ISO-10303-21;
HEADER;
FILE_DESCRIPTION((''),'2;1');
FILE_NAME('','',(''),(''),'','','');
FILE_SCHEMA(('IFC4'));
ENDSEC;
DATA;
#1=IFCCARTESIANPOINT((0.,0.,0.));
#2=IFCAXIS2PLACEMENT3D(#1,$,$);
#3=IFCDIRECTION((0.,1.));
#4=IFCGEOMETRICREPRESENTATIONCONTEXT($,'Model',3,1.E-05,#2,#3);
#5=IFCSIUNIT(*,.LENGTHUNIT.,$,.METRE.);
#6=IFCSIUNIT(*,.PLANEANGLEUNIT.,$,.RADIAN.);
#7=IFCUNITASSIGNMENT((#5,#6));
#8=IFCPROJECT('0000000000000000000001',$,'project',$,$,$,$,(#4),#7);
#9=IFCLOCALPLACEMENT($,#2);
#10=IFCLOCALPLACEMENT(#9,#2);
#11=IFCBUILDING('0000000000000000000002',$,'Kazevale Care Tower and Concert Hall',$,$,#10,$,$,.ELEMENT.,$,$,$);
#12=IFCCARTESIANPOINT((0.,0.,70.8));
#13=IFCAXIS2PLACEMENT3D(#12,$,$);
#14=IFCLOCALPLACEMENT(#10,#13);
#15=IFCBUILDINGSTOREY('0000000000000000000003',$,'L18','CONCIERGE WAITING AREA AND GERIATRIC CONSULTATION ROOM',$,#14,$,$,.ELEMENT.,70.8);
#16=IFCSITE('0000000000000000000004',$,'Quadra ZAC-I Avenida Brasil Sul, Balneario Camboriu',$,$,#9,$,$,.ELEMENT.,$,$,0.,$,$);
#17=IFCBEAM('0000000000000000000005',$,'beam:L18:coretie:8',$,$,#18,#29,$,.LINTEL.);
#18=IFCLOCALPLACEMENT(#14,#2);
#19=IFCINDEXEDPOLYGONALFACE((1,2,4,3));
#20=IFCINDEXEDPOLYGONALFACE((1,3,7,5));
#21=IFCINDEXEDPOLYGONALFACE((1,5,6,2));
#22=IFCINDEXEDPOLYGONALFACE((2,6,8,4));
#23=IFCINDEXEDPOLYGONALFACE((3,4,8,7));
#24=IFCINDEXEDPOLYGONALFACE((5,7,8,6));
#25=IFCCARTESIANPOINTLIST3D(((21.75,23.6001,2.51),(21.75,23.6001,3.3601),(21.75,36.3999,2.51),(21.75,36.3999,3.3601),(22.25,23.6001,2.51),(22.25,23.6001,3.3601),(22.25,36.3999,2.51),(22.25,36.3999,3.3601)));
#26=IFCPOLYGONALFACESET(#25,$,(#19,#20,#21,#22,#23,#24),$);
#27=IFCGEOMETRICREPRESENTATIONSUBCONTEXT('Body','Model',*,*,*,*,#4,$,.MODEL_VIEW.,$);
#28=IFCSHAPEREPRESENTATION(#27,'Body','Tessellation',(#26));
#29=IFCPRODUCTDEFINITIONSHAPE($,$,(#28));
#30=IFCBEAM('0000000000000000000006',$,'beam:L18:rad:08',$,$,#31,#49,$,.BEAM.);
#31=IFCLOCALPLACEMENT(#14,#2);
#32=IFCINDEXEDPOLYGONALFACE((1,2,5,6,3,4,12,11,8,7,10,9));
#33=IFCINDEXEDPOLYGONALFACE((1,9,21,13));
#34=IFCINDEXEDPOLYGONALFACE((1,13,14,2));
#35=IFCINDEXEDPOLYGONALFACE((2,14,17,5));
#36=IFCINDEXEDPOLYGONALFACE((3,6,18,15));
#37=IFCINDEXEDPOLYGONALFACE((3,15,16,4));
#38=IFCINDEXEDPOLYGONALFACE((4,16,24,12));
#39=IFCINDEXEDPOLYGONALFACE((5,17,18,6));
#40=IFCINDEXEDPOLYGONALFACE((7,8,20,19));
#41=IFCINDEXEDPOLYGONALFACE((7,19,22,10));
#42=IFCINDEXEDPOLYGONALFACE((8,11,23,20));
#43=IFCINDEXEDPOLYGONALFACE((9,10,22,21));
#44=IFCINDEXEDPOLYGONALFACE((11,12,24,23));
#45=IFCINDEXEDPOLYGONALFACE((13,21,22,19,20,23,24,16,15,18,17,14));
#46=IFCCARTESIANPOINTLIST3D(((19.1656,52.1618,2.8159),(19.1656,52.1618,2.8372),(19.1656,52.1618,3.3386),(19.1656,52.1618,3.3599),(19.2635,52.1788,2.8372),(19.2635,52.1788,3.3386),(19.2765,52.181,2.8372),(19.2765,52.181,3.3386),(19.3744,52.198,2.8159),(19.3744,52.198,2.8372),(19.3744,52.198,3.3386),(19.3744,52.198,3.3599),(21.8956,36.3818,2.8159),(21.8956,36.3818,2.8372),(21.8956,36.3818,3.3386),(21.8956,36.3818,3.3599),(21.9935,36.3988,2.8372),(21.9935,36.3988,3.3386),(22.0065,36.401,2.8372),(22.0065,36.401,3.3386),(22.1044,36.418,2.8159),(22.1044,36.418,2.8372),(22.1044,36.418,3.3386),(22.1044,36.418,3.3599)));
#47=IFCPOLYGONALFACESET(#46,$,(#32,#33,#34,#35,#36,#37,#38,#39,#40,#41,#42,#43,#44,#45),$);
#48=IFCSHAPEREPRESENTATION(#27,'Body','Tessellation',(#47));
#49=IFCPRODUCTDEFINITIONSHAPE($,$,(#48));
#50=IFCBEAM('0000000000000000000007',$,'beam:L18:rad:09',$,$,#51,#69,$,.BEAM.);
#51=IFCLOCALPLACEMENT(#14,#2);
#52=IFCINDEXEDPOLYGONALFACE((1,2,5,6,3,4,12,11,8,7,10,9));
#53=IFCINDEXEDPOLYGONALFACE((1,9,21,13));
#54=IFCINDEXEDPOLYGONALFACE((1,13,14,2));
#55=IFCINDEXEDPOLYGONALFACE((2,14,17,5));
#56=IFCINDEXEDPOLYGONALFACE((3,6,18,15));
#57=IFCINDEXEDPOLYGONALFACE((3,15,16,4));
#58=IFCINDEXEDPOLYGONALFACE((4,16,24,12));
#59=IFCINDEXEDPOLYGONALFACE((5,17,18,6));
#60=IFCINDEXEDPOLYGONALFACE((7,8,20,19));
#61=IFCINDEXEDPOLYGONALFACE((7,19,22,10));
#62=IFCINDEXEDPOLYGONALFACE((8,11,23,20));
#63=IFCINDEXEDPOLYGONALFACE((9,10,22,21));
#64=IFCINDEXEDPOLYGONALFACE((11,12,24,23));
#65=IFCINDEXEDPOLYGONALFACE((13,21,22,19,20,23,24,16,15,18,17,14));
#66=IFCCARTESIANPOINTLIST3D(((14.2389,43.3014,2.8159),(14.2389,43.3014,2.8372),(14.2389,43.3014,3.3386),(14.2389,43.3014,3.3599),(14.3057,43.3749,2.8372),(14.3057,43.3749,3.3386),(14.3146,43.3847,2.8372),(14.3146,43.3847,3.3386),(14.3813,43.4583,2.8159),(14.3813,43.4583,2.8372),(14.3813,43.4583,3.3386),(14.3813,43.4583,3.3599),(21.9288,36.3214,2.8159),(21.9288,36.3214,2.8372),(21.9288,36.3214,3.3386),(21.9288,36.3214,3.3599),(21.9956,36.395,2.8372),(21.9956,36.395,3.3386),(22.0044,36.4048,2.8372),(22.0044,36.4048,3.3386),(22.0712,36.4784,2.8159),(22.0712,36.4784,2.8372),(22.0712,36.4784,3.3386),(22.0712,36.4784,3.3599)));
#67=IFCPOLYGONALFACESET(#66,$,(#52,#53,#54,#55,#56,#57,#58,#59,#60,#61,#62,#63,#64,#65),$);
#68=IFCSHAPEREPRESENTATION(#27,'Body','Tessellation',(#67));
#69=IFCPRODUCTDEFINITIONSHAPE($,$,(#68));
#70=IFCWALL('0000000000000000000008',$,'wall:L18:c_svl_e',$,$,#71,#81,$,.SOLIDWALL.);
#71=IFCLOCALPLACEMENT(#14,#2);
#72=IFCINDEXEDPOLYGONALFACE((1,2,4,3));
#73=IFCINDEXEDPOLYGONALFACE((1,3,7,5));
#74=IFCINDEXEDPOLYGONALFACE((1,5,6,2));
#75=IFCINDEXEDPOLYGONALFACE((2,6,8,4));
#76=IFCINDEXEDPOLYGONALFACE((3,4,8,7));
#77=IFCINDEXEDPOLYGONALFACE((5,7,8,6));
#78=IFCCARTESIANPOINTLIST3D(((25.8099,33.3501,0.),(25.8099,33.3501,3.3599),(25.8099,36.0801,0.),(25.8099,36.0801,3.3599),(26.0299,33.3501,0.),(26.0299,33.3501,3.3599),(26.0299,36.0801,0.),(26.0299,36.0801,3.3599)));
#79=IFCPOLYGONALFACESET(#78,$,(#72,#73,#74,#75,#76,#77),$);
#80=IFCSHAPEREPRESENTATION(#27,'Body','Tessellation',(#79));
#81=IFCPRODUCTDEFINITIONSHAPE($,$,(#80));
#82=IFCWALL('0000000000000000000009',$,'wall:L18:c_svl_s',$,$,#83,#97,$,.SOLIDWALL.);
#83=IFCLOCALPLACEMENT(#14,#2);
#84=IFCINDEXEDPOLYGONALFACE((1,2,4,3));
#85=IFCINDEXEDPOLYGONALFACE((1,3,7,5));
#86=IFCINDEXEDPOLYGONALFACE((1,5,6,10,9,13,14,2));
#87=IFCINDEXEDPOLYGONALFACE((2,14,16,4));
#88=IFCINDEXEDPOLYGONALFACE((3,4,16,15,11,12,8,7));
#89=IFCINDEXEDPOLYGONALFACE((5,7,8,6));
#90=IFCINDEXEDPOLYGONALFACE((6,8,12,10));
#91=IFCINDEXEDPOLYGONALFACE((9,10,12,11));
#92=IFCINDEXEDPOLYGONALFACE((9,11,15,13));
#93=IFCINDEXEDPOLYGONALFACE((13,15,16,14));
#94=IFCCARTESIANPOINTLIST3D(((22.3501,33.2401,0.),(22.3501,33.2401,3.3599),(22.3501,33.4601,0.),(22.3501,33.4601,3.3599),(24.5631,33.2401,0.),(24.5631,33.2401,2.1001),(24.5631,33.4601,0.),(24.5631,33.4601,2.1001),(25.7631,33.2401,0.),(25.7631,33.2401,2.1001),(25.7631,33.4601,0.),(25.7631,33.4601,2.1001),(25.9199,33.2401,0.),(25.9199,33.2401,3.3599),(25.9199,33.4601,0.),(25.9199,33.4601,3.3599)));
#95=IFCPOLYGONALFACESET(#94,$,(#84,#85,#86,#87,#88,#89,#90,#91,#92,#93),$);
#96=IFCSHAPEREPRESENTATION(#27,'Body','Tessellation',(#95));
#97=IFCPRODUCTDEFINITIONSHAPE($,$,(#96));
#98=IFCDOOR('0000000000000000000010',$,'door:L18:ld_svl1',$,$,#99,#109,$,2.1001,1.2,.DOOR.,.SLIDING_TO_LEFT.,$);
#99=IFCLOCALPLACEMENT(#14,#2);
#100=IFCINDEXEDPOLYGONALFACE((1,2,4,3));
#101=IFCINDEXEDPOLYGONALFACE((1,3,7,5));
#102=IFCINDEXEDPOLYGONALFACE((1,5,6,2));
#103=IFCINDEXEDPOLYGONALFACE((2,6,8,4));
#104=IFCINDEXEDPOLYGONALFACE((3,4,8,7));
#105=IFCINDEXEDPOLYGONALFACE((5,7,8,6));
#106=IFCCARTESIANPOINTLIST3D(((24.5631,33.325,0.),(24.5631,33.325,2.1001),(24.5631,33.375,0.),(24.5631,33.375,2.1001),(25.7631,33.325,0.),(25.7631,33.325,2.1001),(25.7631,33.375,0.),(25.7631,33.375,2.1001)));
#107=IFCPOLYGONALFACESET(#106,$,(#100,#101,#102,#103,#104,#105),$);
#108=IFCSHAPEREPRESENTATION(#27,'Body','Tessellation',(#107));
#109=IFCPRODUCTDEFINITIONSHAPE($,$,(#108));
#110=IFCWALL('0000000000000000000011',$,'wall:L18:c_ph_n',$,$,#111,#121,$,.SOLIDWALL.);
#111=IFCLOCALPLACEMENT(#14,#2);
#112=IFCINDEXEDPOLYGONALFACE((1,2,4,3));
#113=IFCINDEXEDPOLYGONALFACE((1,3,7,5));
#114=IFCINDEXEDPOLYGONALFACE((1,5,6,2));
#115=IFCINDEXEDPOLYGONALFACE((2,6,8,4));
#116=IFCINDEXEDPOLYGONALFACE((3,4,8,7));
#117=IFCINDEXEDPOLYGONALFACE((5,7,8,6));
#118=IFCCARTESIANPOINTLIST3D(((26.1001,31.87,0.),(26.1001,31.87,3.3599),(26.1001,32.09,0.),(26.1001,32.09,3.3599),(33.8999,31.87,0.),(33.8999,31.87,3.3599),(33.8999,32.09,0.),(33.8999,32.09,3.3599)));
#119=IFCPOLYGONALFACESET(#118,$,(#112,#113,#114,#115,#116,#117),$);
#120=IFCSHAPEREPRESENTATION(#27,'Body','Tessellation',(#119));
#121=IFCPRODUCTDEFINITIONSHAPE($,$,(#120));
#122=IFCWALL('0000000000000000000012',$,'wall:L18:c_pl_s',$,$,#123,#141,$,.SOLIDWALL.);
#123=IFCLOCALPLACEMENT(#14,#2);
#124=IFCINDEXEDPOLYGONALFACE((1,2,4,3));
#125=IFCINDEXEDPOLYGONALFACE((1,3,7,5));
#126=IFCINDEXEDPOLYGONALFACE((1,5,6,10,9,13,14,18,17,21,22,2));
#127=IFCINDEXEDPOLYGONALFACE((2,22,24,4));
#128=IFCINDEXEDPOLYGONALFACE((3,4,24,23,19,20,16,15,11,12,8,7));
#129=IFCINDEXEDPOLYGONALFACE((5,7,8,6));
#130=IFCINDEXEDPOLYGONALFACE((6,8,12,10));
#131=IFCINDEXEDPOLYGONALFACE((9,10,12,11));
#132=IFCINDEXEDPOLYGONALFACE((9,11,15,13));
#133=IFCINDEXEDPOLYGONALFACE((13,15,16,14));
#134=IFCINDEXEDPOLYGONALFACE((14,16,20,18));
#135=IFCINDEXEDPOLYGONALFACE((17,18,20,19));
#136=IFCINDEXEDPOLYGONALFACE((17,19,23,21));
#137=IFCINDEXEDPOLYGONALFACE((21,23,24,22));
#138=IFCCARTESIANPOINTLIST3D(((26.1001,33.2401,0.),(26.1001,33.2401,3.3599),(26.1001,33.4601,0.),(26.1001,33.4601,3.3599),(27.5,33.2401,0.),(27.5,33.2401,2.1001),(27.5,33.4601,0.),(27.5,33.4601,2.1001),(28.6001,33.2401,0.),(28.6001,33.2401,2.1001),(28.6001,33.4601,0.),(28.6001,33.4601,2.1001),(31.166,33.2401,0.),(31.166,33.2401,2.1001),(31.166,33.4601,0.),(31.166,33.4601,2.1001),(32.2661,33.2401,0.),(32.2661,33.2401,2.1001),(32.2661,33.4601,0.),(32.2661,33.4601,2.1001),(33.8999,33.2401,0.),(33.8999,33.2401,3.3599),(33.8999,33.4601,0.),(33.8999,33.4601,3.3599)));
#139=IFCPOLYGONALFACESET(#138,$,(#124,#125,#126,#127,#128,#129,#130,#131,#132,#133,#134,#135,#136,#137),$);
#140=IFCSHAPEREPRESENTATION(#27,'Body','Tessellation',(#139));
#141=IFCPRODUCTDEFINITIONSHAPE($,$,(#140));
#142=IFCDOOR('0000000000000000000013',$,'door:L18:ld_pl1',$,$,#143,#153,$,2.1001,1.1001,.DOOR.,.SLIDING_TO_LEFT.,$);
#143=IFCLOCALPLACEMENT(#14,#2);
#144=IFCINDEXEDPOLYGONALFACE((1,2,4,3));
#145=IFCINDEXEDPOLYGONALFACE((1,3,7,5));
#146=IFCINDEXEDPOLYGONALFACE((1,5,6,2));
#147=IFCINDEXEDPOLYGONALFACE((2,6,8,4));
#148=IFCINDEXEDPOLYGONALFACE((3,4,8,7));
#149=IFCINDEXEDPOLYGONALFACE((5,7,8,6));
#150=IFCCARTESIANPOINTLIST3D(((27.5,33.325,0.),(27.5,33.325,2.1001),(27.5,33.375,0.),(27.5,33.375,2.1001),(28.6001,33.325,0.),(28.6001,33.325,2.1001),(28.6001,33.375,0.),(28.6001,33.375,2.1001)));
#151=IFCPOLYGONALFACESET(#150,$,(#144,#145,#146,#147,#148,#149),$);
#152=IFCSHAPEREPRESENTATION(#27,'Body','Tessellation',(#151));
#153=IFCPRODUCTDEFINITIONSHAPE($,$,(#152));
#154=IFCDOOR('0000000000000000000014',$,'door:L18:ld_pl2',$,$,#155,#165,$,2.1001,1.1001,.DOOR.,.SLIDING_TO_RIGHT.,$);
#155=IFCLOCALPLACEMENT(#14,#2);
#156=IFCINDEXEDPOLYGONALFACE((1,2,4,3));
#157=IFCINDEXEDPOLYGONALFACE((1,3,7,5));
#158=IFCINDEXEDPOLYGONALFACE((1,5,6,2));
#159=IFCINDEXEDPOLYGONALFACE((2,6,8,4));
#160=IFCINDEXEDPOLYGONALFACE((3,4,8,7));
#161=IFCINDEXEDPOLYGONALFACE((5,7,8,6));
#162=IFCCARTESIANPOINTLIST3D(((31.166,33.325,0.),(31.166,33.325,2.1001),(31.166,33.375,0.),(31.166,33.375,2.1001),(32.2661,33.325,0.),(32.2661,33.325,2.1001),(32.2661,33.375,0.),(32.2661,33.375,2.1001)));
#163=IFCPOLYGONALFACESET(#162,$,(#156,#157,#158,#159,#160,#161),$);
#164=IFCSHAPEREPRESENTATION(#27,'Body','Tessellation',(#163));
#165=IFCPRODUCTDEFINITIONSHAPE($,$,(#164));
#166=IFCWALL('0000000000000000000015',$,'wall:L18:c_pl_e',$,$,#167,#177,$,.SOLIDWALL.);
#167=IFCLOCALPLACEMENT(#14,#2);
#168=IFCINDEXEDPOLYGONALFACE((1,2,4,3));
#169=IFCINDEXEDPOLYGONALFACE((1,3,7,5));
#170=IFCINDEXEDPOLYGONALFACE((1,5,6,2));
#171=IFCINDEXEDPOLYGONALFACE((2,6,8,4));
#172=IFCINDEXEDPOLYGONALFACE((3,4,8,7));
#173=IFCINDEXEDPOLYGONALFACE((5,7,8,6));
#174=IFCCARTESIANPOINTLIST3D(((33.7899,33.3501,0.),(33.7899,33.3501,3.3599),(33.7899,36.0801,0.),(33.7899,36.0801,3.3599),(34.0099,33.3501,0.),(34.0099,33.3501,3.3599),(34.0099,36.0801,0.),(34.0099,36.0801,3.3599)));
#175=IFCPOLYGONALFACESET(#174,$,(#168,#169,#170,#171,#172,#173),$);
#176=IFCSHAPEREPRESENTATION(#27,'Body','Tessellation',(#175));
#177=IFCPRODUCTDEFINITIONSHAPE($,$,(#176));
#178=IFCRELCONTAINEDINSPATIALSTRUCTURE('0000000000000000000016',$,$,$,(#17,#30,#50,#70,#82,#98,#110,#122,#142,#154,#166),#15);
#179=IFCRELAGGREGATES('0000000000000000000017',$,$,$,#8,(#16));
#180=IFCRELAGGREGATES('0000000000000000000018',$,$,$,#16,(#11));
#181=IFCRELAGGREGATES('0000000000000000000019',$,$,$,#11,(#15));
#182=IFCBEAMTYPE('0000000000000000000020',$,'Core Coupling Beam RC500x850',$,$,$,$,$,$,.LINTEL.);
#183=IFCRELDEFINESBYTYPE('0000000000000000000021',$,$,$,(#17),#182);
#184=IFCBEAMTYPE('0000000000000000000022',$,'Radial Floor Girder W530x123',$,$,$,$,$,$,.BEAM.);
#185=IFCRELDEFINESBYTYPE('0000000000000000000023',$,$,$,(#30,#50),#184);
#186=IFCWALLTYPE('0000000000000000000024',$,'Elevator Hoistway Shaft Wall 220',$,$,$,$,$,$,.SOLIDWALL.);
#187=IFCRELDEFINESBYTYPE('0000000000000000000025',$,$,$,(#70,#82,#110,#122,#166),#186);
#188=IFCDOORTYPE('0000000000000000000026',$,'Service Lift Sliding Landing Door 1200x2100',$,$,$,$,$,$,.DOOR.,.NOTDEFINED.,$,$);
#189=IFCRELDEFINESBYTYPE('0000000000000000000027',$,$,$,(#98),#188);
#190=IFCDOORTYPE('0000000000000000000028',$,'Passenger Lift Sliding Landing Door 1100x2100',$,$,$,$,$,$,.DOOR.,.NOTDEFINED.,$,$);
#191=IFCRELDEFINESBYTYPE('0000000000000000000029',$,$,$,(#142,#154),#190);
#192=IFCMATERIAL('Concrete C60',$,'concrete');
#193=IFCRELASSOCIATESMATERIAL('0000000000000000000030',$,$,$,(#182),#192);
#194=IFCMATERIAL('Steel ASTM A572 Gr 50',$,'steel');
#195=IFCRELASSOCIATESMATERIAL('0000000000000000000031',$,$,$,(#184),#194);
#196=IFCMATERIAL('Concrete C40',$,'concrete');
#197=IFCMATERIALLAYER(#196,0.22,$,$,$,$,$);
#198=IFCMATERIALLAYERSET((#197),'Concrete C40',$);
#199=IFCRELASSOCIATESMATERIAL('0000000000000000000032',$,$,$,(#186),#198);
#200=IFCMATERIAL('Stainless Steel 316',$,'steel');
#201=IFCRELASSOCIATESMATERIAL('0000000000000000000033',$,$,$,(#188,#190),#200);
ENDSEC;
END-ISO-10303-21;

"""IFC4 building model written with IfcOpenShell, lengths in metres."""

from ifc_helpers import new_model, si_unit, direction, frame, frame_2d, origin, origin_2d, place, context, subcontext, project, spatial, rectangle, i_section, extrude, material, layer, layer_set, material_profile, profile_set, type_object, element, fill, save


model = new_model("IFC4")

# Units and contexts
model_context = context("Model", 3, precision=1e-05, world=origin(), true_north=direction((0.0, 1.0)))
body_context = subcontext(model_context, "Body", "Model", "MODEL_VIEW")
ifc_project = project(units=[si_unit("LENGTHUNIT", "METRE"), si_unit("PLANEANGLEUNIT", "RADIAN")], contexts=[model_context])

# Site, building, storey
site_placement = place(None, origin())
site = spatial("IfcSite", under=ifc_project, at=site_placement, Name="Quadra ZAC-I Avenida Brasil Sul, Balneario Camboriu", CompositionType="ELEMENT", RefElevation=0.0)
building_placement = place(site_placement, origin())
building = spatial("IfcBuilding", under=site, at=building_placement, Name="Kazevale Care Tower and Concert Hall", CompositionType="ELEMENT")
storey_placement = place(building_placement, frame((0.0, 0.0, 70.8)))
storey = spatial("IfcBuildingStorey", under=building, at=storey_placement, Name="L18", Description="CONCIERGE WAITING AREA AND GERIATRIC CONSULTATION ROOM", CompositionType="ELEMENT", Elevation=70.8)

# Beams
ifc_material_1 = material(Name="Concrete C60", Category="concrete")
ifc_material_profile_1 = material_profile(ifc_material_1, rectangle(XDim=0.5, YDim=0.8501, at=origin_2d()), Name="RC-B500x850")
ifc_profile_set_1 = profile_set([ifc_material_profile_1], Name="Concrete C60")
beam_type_1 = type_object("IfcBeamType", Name="Core Coupling Beam RC500x850", PredefinedType="LINTEL", material=ifc_profile_set_1)
beam_1_placement = place(storey_placement, frame((22.0, 36.3999, 2.9351), z_axis=(0.0, -1.0, 0.0), x_axis=(1.0, 0.0, 0.0)))
element("IfcBeam", 1, at=beam_1_placement, inside=storey, type_object=beam_type_1, Name="beam:L18:coretie:8", PredefinedType="LINTEL", context=body_context, shape_type="SweptSolid", body=[
    extrude(rectangle(XDim=0.5, YDim=0.8501, at=origin_2d()), origin(), (0.0, 0.0, 1.0), 12.7998),
])
ifc_material_2 = material(Name="Steel ASTM A572 Gr 50", Category="steel")
ifc_material_profile_2 = material_profile(ifc_material_2, i_section(OverallWidth=0.2119, OverallDepth=0.5439, WebThickness=0.0132, FlangeThickness=0.0212, at=origin_2d()), Name="W530x123")
ifc_profile_set_2 = profile_set([ifc_material_profile_2], Name="Steel ASTM A572 Gr 50")
beam_type_2 = type_object("IfcBeamType", Name="Radial Floor Girder W530x123", PredefinedType="BEAM", material=ifc_profile_set_2)
beam_2_placement = place(storey_placement, frame((22.0, 36.3999, 3.0879), z_axis=(-0.17047, 0.985363, 0.0), x_axis=(-0.985363, -0.17047, 0.0)))
element("IfcBeam", 2, at=beam_2_placement, inside=storey, type_object=beam_type_2, Name="beam:L18:rad:08", PredefinedType="BEAM", context=body_context, shape_type="SweptSolid", body=[
    extrude(i_section(OverallWidth=0.2119, OverallDepth=0.5439, WebThickness=0.0132, FlangeThickness=0.0212, at=origin_2d()), origin(), (0.0, 0.0, 1.0), 16.0144),
])
beam_3_placement = place(storey_placement, frame((22.0, 36.3999, 3.0879), z_axis=(-0.740461, 0.672099, 0.0), x_axis=(-0.672099, -0.740461, 0.0)))
element("IfcBeam", 3, at=beam_3_placement, inside=storey, type_object=beam_type_2, Name="beam:L18:rad:09", PredefinedType="BEAM", context=body_context, shape_type="SweptSolid", body=[
    extrude(i_section(OverallWidth=0.2119, OverallDepth=0.5439, WebThickness=0.0132, FlangeThickness=0.0212, at=origin_2d()), origin(), (0.0, 0.0, 1.0), 10.3853),
])

# Wall
ifc_material_3 = material(Name="Concrete C40", Category="concrete")
ifc_layer_1 = layer(ifc_material_3, 0.22)
ifc_layer_set_1 = layer_set([ifc_layer_1], Name="Concrete C40")
wall_type_1 = type_object("IfcWallType", Name="Elevator Hoistway Shaft Wall 220", PredefinedType="SOLIDWALL", material=ifc_layer_set_1)
wall_1_placement = place(storey_placement, frame((25.9199, 33.3501, 0.0), z_axis=(0.0, 0.0, 1.0), x_axis=(0.0, 1.0, 0.0)))
element("IfcWall", 4, at=wall_1_placement, inside=storey, type_object=wall_type_1, Name="wall:L18:c_svl_e", PredefinedType="SOLIDWALL", context=body_context, shape_type="SweptSolid", body=[
    extrude(rectangle(XDim=2.73, YDim=0.22, at=frame_2d((1.365, 0.0))), origin(), (0.0, 0.0, 1.0), 3.3599),
])

# Wall, opening, door
wall_2_placement = place(storey_placement, frame((22.3501, 33.3501, 0.0), z_axis=(0.0, 0.0, 1.0), x_axis=(1.0, 0.0, 0.0)))
wall_2 = element("IfcWall", 5, at=wall_2_placement, inside=storey, type_object=wall_type_1, Name="wall:L18:c_svl_s", PredefinedType="SOLIDWALL", context=body_context, shape_type="SweptSolid", body=[
    extrude(rectangle(XDim=3.5698, YDim=0.22, at=frame_2d((1.7849, 0.0))), origin(), (0.0, 0.0, 1.0), 3.3599),
])
opening_1_placement = place(wall_2_placement, frame((2.2129, 0.0, 0.0)))
opening_1 = element("IfcOpeningElement", 6, at=opening_1_placement, cuts=wall_2, PredefinedType="OPENING", context=body_context, shape_type="SweptSolid", body=[
    extrude(rectangle(XDim=1.2, YDim=2.1001, at=frame_2d((0.6001, 1.05))), frame((0.0, 0.1199, 0.0), z_axis=(0.0, -1.0, 0.0), x_axis=(1.0, 0.0, 0.0)), (0.0, 0.0, 1.0), 0.24),
])
ifc_material_4 = material(Name="Stainless Steel 316", Category="steel")
door_type_1 = type_object("IfcDoorType", Name="Service Lift Sliding Landing Door 1200x2100", OperationType="NOTDEFINED", PredefinedType="DOOR", material=ifc_material_4)
door_1_placement = place(opening_1_placement, origin())
door_1 = element("IfcDoor", 7, at=door_1_placement, inside=storey, type_object=door_type_1, Name="door:L18:ld_svl1", OperationType="SLIDING_TO_LEFT", OverallHeight=2.1001, OverallWidth=1.2, PredefinedType="DOOR", context=body_context, shape_type="SweptSolid", body=[
    extrude(rectangle(XDim=1.2, YDim=2.1001, at=frame_2d((0.6001, 1.05))), frame((0.0, 0.0249, 0.0), z_axis=(0.0, -1.0, 0.0), x_axis=(1.0, 0.0, 0.0)), (0.0, 0.0, 1.0), 0.05),
])
fill(opening_1, door_1)

# Wall
wall_3_placement = place(storey_placement, frame((26.1001, 31.98, 0.0), z_axis=(0.0, 0.0, 1.0), x_axis=(1.0, 0.0, 0.0)))
element("IfcWall", 8, at=wall_3_placement, inside=storey, type_object=wall_type_1, Name="wall:L18:c_ph_n", PredefinedType="SOLIDWALL", context=body_context, shape_type="SweptSolid", body=[
    extrude(rectangle(XDim=7.7998, YDim=0.22, at=frame_2d((3.8999, 0.0))), origin(), (0.0, 0.0, 1.0), 3.3599),
])

# Wall, openings, doors
wall_4_placement = place(storey_placement, frame((26.1001, 33.3501, 0.0), z_axis=(0.0, 0.0, 1.0), x_axis=(1.0, 0.0, 0.0)))
wall_4 = element("IfcWall", 9, at=wall_4_placement, inside=storey, type_object=wall_type_1, Name="wall:L18:c_pl_s", PredefinedType="SOLIDWALL", context=body_context, shape_type="SweptSolid", body=[
    extrude(rectangle(XDim=7.7998, YDim=0.22, at=frame_2d((3.8999, 0.0))), origin(), (0.0, 0.0, 1.0), 3.3599),
])
opening_2_placement = place(wall_4_placement, frame((1.3999, 0.0, 0.0)))
opening_2 = element("IfcOpeningElement", 10, at=opening_2_placement, cuts=wall_4, PredefinedType="OPENING", context=body_context, shape_type="SweptSolid", body=[
    extrude(rectangle(XDim=1.1001, YDim=2.1001, at=frame_2d((0.55, 1.05))), frame((0.0, 0.1199, 0.0), z_axis=(0.0, -1.0, 0.0), x_axis=(1.0, 0.0, 0.0)), (0.0, 0.0, 1.0), 0.24),
])
opening_3_placement = place(wall_4_placement, frame((5.0659, 0.0, 0.0)))
opening_3 = element("IfcOpeningElement", 11, at=opening_3_placement, cuts=wall_4, PredefinedType="OPENING", context=body_context, shape_type="SweptSolid", body=[
    extrude(rectangle(XDim=1.1001, YDim=2.1001, at=frame_2d((0.55, 1.05))), frame((0.0, 0.1199, 0.0), z_axis=(0.0, -1.0, 0.0), x_axis=(1.0, 0.0, 0.0)), (0.0, 0.0, 1.0), 0.24),
])
door_type_2 = type_object("IfcDoorType", Name="Passenger Lift Sliding Landing Door 1100x2100", OperationType="NOTDEFINED", PredefinedType="DOOR", material=ifc_material_4)
door_2_placement = place(opening_2_placement, origin())
door_2 = element("IfcDoor", 12, at=door_2_placement, inside=storey, type_object=door_type_2, Name="door:L18:ld_pl1", OperationType="SLIDING_TO_LEFT", OverallHeight=2.1001, OverallWidth=1.1001, PredefinedType="DOOR", context=body_context, shape_type="SweptSolid", body=[
    extrude(rectangle(XDim=1.1001, YDim=2.1001, at=frame_2d((0.55, 1.05))), frame((0.0, 0.0249, 0.0), z_axis=(0.0, -1.0, 0.0), x_axis=(1.0, 0.0, 0.0)), (0.0, 0.0, 1.0), 0.05),
])
fill(opening_2, door_2)
door_3_placement = place(opening_3_placement, origin())
door_3 = element("IfcDoor", 13, at=door_3_placement, inside=storey, type_object=door_type_2, Name="door:L18:ld_pl2", OperationType="SLIDING_TO_RIGHT", OverallHeight=2.1001, OverallWidth=1.1001, PredefinedType="DOOR", context=body_context, shape_type="SweptSolid", body=[
    extrude(rectangle(XDim=1.1001, YDim=2.1001, at=frame_2d((0.55, 1.05))), frame((0.0, 0.0249, 0.0), z_axis=(0.0, -1.0, 0.0), x_axis=(1.0, 0.0, 0.0)), (0.0, 0.0, 1.0), 0.05),
])
fill(opening_3, door_3)

# Wall
wall_5_placement = place(storey_placement, frame((33.8999, 33.3501, 0.0), z_axis=(0.0, 0.0, 1.0), x_axis=(0.0, 1.0, 0.0)))
element("IfcWall", 14, at=wall_5_placement, inside=storey, type_object=wall_type_1, Name="wall:L18:c_pl_e", PredefinedType="SOLIDWALL", context=body_context, shape_type="SweptSolid", body=[
    extrude(rectangle(XDim=2.73, YDim=0.22, at=frame_2d((1.365, 0.0))), origin(), (0.0, 0.0, 1.0), 3.3599),
])

save(model, "model.ifc")
